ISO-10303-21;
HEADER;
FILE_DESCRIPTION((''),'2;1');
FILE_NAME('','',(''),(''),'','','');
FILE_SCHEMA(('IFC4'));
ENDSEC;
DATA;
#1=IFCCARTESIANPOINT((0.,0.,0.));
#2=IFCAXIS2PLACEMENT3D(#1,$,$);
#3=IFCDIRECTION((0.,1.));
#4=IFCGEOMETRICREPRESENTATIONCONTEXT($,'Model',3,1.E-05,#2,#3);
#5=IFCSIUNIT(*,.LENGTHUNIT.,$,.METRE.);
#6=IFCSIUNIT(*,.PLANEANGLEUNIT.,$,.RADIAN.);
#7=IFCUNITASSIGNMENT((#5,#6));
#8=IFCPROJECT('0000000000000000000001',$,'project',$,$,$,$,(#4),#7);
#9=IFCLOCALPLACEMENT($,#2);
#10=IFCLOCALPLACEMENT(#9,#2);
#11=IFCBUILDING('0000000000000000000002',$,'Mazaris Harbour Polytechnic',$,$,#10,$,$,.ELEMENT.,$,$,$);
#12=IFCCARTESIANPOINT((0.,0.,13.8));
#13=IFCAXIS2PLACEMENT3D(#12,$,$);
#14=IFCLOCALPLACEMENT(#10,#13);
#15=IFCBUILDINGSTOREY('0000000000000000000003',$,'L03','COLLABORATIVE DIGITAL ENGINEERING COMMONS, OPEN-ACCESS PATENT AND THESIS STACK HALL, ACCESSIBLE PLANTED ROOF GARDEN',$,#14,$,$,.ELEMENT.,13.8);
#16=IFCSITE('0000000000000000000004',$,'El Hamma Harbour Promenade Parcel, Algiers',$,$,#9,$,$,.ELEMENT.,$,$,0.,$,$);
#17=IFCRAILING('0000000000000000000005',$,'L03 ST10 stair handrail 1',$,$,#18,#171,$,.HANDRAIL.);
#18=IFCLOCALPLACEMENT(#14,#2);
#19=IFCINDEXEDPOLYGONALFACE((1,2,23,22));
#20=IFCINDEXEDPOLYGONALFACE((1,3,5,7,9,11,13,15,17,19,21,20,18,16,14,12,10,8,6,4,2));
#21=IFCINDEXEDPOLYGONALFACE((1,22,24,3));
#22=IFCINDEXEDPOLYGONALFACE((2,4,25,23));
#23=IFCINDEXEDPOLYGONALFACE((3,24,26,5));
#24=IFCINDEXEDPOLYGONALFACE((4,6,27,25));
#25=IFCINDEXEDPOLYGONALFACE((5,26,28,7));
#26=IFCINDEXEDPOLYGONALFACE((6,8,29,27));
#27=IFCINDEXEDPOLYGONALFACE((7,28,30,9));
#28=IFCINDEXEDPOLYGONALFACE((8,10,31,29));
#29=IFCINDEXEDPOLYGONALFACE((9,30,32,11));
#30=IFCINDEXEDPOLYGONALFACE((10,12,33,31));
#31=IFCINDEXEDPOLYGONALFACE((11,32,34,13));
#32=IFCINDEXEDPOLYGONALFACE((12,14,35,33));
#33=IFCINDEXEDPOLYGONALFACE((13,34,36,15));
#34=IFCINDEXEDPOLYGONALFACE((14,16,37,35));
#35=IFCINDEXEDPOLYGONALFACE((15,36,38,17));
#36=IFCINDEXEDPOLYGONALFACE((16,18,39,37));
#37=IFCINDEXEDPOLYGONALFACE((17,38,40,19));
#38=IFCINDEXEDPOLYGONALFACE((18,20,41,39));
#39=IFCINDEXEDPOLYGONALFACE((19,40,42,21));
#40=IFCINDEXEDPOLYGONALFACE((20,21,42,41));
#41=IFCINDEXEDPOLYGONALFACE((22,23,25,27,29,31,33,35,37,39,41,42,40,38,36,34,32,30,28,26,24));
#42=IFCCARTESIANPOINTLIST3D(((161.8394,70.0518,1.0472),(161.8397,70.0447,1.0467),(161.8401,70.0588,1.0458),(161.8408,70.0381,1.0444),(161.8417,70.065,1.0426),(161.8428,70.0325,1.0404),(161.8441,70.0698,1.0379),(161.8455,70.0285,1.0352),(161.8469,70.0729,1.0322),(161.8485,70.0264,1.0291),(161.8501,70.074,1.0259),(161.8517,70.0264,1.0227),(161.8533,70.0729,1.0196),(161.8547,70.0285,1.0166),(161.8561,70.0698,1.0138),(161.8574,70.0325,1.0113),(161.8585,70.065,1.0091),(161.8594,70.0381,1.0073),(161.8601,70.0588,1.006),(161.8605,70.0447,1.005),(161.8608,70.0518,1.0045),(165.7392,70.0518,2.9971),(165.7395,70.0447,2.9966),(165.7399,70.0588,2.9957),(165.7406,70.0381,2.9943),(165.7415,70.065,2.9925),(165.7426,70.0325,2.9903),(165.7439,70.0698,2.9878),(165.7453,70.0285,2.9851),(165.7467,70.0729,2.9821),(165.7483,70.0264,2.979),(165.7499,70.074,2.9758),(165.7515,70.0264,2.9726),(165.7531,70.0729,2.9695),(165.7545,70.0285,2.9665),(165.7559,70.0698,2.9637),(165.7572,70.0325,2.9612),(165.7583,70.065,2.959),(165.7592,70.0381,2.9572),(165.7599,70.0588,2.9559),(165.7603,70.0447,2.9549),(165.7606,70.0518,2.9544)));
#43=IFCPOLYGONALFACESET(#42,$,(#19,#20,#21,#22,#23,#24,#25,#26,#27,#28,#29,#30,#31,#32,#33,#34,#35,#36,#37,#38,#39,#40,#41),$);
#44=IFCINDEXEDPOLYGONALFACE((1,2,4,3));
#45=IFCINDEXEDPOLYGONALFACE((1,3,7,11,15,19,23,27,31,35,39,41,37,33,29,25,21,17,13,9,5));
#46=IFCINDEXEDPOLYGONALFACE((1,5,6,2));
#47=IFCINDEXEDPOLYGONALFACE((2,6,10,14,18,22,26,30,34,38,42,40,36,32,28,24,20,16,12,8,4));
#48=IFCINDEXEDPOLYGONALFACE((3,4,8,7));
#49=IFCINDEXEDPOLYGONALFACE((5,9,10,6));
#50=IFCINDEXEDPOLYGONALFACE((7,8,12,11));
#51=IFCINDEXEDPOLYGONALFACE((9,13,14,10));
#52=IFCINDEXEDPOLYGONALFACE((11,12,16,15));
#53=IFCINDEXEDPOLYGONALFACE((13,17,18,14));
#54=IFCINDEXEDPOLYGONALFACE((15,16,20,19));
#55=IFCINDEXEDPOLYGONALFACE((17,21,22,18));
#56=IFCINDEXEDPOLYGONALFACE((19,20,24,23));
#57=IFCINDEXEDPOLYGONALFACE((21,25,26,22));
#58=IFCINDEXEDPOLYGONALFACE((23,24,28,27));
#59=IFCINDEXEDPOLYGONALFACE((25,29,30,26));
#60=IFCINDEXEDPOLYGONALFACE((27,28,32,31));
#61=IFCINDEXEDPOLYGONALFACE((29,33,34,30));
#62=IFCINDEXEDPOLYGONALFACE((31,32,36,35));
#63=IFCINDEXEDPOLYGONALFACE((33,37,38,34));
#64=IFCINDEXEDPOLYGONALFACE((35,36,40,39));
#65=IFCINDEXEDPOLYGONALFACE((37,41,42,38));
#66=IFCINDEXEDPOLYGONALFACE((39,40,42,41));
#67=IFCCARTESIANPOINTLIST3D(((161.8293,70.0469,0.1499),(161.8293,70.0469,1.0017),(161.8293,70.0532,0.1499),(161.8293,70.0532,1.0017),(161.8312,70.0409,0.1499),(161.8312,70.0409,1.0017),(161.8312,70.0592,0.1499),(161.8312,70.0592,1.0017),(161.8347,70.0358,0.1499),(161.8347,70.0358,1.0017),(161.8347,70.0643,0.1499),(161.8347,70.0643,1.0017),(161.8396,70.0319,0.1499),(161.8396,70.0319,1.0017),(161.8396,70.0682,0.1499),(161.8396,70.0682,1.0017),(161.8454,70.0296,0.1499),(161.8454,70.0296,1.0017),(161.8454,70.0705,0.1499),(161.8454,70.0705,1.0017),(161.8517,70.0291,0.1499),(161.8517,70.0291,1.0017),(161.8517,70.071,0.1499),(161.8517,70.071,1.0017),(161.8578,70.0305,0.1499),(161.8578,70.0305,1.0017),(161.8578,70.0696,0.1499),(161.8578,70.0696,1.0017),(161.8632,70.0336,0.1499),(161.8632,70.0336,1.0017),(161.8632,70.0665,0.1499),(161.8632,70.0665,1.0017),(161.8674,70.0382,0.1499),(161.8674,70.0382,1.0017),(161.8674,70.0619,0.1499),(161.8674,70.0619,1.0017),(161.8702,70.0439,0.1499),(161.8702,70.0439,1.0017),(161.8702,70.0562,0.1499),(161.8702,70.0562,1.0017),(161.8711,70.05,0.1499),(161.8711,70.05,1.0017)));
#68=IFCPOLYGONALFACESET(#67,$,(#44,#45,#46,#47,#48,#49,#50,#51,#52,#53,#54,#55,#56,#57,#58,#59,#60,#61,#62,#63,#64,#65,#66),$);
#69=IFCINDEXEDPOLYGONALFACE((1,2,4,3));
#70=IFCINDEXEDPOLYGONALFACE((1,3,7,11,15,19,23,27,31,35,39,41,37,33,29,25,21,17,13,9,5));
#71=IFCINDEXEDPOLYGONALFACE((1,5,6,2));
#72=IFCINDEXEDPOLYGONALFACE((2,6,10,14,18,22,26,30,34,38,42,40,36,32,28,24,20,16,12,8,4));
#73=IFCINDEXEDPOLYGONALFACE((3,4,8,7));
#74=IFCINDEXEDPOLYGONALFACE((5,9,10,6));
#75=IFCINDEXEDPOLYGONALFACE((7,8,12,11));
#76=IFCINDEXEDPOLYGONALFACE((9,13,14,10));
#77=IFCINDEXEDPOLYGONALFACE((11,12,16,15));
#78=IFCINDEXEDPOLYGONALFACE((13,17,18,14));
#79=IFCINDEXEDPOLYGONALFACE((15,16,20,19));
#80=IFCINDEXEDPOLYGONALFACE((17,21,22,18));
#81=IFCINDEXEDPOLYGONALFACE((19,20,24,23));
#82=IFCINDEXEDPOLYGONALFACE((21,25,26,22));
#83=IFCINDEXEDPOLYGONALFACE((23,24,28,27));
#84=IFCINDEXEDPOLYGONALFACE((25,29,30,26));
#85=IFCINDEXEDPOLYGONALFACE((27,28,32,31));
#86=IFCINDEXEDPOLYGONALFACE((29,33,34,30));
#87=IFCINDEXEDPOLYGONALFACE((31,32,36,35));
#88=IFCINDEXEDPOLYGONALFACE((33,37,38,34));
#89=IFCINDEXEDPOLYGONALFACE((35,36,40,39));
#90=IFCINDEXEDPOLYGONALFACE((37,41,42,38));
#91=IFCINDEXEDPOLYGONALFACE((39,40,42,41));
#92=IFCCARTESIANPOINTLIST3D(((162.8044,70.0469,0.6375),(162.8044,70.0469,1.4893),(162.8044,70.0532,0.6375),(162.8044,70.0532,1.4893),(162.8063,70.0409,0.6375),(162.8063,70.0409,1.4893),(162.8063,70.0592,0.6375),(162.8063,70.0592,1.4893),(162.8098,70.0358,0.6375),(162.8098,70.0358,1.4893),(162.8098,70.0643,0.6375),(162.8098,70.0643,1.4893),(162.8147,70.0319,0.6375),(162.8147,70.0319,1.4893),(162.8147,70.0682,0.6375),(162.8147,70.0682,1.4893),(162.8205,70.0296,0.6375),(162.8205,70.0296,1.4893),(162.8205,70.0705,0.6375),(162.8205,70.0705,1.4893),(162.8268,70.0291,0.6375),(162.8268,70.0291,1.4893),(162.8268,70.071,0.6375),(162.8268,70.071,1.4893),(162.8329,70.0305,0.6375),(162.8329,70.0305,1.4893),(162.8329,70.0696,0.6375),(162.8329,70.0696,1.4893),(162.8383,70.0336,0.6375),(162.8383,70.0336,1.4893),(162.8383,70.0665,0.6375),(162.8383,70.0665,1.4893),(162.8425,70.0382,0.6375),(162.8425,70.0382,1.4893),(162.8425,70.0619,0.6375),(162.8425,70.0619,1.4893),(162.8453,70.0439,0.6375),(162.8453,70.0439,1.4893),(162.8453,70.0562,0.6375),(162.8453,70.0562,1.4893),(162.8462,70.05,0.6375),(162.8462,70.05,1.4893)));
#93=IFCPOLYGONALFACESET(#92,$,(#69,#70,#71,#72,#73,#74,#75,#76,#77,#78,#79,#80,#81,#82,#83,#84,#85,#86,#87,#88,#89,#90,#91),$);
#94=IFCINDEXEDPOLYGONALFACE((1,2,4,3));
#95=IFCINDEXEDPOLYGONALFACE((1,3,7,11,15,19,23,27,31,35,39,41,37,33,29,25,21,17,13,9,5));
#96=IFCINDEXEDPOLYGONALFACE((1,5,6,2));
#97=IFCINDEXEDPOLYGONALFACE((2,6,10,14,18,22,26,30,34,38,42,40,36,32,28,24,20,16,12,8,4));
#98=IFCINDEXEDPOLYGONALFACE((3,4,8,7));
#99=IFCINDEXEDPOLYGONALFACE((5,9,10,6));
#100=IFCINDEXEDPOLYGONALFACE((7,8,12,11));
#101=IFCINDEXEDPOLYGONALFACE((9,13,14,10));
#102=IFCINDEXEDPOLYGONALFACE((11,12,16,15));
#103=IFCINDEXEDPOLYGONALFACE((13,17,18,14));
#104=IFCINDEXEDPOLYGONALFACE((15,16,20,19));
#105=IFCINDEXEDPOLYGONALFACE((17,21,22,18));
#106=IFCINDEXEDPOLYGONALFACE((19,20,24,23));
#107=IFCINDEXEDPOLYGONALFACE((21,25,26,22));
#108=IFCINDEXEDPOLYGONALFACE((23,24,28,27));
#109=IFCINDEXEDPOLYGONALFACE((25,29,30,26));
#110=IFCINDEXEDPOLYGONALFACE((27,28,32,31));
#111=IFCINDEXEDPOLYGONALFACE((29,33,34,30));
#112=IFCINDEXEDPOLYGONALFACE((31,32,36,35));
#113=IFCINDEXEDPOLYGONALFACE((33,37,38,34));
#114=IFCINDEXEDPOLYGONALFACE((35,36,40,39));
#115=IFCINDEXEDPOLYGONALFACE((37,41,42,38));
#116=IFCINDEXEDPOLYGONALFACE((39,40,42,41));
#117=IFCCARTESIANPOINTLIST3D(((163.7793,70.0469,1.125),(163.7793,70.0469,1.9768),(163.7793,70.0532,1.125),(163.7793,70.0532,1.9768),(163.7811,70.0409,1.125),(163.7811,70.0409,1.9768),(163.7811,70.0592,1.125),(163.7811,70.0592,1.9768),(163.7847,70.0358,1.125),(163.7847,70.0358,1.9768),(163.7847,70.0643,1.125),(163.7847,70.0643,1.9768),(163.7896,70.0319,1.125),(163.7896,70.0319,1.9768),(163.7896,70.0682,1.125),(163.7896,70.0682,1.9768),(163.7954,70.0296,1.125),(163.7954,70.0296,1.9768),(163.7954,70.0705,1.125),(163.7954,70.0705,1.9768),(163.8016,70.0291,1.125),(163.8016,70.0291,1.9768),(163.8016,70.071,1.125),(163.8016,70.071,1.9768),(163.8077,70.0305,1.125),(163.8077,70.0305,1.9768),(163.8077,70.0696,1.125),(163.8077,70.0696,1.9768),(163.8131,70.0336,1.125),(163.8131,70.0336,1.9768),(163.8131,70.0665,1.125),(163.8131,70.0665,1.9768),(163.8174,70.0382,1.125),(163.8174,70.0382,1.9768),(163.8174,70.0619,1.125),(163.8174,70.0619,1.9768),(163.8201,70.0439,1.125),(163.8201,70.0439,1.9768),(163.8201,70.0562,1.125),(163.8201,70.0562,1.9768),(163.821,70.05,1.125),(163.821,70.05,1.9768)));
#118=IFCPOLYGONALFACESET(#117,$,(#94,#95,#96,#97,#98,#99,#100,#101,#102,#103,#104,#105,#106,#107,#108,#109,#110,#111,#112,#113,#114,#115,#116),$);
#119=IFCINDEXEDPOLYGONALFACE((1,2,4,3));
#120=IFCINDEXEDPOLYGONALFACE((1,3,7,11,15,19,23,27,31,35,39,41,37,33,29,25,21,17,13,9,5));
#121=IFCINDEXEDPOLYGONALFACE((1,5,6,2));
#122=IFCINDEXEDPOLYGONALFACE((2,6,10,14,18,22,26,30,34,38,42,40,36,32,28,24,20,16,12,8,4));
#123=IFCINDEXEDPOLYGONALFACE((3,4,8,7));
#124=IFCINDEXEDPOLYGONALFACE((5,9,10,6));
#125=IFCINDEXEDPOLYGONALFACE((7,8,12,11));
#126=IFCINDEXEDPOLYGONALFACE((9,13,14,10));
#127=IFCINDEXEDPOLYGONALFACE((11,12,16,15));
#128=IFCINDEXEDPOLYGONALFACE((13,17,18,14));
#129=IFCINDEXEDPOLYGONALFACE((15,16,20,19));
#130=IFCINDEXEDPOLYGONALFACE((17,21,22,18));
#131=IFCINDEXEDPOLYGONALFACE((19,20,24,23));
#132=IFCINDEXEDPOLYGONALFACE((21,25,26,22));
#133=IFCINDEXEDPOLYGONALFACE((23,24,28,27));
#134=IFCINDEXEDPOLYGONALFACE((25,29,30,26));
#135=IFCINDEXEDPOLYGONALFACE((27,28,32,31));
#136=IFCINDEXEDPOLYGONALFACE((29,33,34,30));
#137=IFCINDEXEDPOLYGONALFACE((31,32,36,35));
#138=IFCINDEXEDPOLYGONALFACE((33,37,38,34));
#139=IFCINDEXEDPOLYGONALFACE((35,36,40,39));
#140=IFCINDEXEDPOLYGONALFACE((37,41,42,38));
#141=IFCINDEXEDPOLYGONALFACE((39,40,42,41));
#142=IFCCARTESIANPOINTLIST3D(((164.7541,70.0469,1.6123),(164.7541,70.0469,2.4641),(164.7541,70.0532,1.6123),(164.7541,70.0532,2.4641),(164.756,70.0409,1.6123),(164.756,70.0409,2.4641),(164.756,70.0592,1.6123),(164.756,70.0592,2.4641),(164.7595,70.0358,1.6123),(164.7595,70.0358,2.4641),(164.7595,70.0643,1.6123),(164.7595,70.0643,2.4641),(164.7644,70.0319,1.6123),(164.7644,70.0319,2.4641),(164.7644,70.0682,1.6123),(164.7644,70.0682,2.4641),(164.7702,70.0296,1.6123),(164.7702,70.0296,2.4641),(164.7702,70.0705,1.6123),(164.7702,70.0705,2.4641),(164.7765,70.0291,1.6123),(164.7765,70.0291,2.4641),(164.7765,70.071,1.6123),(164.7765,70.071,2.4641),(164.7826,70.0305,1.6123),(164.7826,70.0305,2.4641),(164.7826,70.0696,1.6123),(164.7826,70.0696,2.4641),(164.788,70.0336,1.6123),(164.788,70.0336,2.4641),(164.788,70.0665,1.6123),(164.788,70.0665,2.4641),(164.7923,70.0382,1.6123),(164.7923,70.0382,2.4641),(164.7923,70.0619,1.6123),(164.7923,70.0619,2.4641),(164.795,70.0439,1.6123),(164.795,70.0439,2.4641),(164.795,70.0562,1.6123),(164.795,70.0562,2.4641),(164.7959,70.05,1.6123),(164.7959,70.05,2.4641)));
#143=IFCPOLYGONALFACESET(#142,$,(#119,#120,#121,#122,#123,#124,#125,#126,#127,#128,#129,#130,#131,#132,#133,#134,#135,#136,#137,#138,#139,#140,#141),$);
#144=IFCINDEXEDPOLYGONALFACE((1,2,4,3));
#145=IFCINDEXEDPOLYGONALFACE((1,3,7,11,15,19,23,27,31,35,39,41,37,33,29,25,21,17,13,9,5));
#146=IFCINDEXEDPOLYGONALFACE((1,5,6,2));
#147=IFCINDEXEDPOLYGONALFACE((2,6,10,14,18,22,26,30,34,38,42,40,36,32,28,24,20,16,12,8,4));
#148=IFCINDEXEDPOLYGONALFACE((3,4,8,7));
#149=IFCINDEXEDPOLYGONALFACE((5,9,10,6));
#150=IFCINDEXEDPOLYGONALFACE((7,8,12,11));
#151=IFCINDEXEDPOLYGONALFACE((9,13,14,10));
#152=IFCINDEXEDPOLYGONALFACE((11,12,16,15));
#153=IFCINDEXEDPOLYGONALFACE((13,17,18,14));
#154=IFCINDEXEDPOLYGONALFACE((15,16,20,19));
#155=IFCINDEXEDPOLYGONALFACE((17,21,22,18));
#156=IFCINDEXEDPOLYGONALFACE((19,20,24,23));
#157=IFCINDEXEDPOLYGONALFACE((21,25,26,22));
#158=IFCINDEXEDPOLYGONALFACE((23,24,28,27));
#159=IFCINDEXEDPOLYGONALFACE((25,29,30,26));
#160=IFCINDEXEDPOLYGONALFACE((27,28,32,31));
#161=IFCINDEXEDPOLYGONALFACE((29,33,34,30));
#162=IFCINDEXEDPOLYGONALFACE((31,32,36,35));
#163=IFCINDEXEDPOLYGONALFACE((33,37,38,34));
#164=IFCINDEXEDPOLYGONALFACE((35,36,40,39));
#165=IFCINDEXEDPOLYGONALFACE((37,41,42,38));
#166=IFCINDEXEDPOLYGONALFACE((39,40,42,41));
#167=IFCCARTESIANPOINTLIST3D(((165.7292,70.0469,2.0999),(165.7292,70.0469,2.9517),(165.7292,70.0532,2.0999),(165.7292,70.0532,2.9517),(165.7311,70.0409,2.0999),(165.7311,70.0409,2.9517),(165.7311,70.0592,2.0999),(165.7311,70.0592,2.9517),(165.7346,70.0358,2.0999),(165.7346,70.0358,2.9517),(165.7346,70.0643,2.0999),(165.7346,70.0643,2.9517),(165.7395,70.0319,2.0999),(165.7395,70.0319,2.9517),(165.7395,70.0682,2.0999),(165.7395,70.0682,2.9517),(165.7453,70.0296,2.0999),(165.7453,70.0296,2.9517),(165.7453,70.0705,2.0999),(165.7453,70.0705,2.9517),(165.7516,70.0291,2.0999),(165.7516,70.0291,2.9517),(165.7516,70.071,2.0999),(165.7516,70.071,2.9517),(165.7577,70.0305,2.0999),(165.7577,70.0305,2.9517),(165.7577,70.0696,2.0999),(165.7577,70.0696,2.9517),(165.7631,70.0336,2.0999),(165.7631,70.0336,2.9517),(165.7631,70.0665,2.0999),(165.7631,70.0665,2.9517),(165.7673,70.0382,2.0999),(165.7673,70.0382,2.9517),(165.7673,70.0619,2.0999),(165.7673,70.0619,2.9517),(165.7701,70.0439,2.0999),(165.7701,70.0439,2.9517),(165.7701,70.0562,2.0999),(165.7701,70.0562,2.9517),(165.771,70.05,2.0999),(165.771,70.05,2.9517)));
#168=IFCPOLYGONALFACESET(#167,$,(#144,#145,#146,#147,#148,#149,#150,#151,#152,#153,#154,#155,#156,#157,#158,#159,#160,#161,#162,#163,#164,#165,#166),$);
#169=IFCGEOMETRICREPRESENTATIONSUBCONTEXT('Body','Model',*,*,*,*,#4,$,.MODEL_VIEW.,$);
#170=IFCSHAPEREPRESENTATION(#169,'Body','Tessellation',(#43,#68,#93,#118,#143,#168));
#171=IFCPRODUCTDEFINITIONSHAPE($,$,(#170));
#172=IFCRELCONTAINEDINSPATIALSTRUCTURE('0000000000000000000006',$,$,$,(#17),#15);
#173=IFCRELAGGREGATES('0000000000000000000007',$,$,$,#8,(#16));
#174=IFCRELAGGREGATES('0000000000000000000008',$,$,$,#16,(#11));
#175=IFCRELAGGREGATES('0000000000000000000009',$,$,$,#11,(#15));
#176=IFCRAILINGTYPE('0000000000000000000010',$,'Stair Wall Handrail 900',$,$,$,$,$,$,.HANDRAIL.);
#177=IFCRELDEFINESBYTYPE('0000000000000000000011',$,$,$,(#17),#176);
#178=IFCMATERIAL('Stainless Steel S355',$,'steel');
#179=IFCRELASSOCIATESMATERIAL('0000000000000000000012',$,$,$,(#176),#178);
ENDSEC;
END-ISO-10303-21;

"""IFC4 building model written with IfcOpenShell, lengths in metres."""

from ifc_helpers import new_model, si_unit, direction, frame, origin, origin_2d, place, context, subcontext, project, spatial, circle, extrude, material, type_object, element, save


model = new_model("IFC4")

# Units and contexts
model_context = context("Model", 3, precision=1e-05, world=origin(), true_north=direction((0.0, 1.0)))
body_context = subcontext(model_context, "Body", "Model", "MODEL_VIEW")
ifc_project = project(units=[si_unit("LENGTHUNIT", "METRE"), si_unit("PLANEANGLEUNIT", "RADIAN")], contexts=[model_context])

# Site, building, storey
site_placement = place(None, origin())
site = spatial("IfcSite", under=ifc_project, at=site_placement, Name="El Hamma Harbour Promenade Parcel, Algiers", CompositionType="ELEMENT", RefElevation=0.0)
building_placement = place(site_placement, origin())
building = spatial("IfcBuilding", under=site, at=building_placement, Name="Mazaris Harbour Polytechnic", CompositionType="ELEMENT")
storey_placement = place(building_placement, frame((0.0, 0.0, 13.8)))
storey = spatial("IfcBuildingStorey", under=building, at=storey_placement, Name="L03", Description="COLLABORATIVE DIGITAL ENGINEERING COMMONS, OPEN-ACCESS PATENT AND THESIS STACK HALL, ACCESSIBLE PLANTED ROOF GARDEN", CompositionType="ELEMENT", Elevation=13.8)

# Railing
ifc_material_1 = material(Name="Stainless Steel S355", Category="steel")
railing_type_1 = type_object("IfcRailingType", Name="Stair Wall Handrail 900", PredefinedType="HANDRAIL", material=ifc_material_1)
railing_1_placement = place(storey_placement, frame((161.8501, 70.05, 0.1499)))
element("IfcRailing", 1, at=railing_1_placement, inside=storey, type_object=railing_type_1, Name="L03 ST10 stair handrail 1", PredefinedType="HANDRAIL", context=body_context, shape_type="SweptSolid", body=[
    extrude(circle(Radius=0.0239, at=origin_2d()), frame((0.0, 0.0, 0.876), z_axis=(0.894427, 0.0, 0.447214), x_axis=(0.0, 1.0, 0.0)), (0.0, 0.0, 1.0), 4.3601),
    extrude(circle(Radius=0.021, at=origin_2d()), origin(), (0.0, 0.0, 1.0), 0.8518),
    extrude(circle(Radius=0.021, at=origin_2d()), frame((0.9751, 0.0, 0.4875)), (0.0, 0.0, 1.0), 0.8518),
    extrude(circle(Radius=0.021, at=origin_2d()), frame((1.95, 0.0, 0.9751)), (0.0, 0.0, 1.0), 0.8518),
    extrude(circle(Radius=0.021, at=origin_2d()), frame((2.9248, 0.0, 1.4624)), (0.0, 0.0, 1.0), 0.8518),
    extrude(circle(Radius=0.021, at=origin_2d()), frame((3.8999, 0.0, 1.95)), (0.0, 0.0, 1.0), 0.8518),
])

save(model, "model.ifc")
